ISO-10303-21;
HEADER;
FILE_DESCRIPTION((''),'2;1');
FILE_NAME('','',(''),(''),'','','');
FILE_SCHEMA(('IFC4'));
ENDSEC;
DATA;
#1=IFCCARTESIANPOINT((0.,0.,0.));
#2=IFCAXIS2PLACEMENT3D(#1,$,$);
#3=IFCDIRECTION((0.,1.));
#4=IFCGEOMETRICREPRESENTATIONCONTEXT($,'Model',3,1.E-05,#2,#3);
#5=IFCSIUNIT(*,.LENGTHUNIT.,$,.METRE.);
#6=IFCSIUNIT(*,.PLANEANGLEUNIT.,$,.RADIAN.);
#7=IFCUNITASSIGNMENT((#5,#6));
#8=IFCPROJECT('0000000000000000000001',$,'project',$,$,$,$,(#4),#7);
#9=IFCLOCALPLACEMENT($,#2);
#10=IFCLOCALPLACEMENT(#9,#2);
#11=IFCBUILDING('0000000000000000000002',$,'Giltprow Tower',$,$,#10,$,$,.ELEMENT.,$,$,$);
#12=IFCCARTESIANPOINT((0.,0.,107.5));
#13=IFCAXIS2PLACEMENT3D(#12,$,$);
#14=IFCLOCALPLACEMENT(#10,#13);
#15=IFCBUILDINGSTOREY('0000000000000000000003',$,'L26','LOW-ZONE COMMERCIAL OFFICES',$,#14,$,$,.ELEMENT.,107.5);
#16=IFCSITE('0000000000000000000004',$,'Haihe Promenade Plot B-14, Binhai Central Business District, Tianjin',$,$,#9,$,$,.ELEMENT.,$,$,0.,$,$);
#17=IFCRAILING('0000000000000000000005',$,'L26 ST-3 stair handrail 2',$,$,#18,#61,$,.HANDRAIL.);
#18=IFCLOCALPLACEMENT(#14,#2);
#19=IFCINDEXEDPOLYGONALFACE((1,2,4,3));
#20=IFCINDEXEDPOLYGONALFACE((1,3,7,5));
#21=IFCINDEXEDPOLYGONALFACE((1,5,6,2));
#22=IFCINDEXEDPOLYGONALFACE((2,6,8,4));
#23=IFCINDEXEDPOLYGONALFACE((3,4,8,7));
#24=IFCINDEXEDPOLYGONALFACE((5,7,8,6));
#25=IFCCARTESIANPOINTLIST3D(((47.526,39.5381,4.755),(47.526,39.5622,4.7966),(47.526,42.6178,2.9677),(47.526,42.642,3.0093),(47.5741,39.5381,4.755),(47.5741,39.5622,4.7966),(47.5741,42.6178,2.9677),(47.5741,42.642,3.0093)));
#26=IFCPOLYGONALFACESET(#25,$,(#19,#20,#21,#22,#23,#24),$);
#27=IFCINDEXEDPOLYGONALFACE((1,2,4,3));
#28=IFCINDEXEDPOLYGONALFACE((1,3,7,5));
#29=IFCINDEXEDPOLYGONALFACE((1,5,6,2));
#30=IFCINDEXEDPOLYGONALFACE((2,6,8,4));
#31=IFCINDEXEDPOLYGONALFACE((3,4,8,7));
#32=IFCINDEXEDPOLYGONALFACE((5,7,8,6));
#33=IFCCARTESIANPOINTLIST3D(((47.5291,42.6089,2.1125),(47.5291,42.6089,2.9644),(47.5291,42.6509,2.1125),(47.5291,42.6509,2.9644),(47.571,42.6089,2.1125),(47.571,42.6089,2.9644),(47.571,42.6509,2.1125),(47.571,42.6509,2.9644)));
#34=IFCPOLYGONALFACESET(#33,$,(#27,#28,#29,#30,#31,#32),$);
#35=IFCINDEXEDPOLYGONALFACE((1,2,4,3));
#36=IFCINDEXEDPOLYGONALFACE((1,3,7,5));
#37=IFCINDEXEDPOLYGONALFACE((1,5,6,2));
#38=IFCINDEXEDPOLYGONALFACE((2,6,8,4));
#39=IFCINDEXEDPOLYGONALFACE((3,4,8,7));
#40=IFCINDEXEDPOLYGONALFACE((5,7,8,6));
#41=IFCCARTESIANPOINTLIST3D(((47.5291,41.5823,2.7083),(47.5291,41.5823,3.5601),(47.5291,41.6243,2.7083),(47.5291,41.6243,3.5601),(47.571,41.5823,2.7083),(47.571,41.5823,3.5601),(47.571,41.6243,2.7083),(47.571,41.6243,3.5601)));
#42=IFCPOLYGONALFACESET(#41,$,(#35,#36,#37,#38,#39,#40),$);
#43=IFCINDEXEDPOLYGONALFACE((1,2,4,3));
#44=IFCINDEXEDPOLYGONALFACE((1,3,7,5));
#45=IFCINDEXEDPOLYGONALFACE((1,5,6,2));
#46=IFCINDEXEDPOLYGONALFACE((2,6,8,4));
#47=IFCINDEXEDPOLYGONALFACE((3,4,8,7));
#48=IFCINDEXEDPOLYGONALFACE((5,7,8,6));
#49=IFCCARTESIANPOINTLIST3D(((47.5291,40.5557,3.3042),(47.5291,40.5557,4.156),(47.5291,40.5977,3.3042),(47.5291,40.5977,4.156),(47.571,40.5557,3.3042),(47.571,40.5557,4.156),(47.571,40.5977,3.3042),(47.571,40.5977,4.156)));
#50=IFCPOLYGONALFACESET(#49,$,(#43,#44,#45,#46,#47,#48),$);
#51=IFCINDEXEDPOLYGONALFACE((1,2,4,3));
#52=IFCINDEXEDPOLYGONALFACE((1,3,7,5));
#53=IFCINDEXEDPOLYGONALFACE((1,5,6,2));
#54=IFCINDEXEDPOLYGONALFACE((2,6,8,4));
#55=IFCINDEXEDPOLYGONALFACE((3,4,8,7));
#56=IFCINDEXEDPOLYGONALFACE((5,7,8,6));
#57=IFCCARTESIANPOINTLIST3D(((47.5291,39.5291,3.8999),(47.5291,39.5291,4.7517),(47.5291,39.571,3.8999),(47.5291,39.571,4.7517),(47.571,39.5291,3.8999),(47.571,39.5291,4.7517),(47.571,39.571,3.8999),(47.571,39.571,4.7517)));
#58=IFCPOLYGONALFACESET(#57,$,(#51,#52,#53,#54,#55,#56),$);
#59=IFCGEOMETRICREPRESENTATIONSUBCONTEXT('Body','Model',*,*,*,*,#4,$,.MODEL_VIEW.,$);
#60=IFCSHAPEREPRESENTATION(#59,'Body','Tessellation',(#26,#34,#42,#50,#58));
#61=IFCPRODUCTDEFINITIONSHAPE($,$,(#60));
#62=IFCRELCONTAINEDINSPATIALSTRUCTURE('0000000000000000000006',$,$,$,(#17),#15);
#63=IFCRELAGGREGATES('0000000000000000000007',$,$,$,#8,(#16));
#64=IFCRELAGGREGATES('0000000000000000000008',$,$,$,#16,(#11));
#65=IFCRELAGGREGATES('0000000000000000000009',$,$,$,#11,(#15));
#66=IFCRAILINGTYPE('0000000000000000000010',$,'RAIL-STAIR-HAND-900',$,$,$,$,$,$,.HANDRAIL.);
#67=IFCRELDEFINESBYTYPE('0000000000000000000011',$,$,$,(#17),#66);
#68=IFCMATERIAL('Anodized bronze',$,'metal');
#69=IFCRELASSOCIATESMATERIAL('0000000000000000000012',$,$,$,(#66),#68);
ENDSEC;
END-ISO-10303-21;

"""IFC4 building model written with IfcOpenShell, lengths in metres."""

from ifc_helpers import new_model, si_unit, direction, frame, origin, origin_2d, place, context, subcontext, project, spatial, rectangle, extrude, material, type_object, element, save


model = new_model("IFC4")

# Units and contexts
model_context = context("Model", 3, precision=1e-05, world=origin(), true_north=direction((0.0, 1.0)))
body_context = subcontext(model_context, "Body", "Model", "MODEL_VIEW")
ifc_project = project(units=[si_unit("LENGTHUNIT", "METRE"), si_unit("PLANEANGLEUNIT", "RADIAN")], contexts=[model_context])

# Site, building, storey
site_placement = place(None, origin())
site = spatial("IfcSite", under=ifc_project, at=site_placement, Name="Haihe Promenade Plot B-14, Binhai Central Business District, Tianjin", CompositionType="ELEMENT", RefElevation=0.0)
building_placement = place(site_placement, origin())
building = spatial("IfcBuilding", under=site, at=building_placement, Name="Giltprow Tower", CompositionType="ELEMENT")
storey_placement = place(building_placement, frame((0.0, 0.0, 107.5)))
storey = spatial("IfcBuildingStorey", under=building, at=storey_placement, Name="L26", Description="LOW-ZONE COMMERCIAL OFFICES", CompositionType="ELEMENT", Elevation=107.5)

# Railing
ifc_material_1 = material(Name="Anodized bronze", Category="metal")
railing_type_1 = type_object("IfcRailingType", Name="RAIL-STAIR-HAND-900", PredefinedType="HANDRAIL", material=ifc_material_1)
railing_1_placement = place(storey_placement, frame((47.55, 42.6299, 2.1125)))
element("IfcRailing", 1, at=railing_1_placement, inside=storey, type_object=railing_type_1, Name="L26 ST-3 stair handrail 2", PredefinedType="HANDRAIL", context=body_context, shape_type="SweptSolid", body=[
    extrude(rectangle(XDim=0.0481, YDim=0.0481, at=origin_2d()), frame((0.0, 0.0, 0.876), z_axis=(0.0, -0.864903, 0.501939), x_axis=(1.0, 0.0, 0.0)), (0.0, 0.0, 1.0), 3.5608),
    extrude(rectangle(XDim=0.042, YDim=0.042, at=origin_2d()), origin(), (0.0, 0.0, 1.0), 0.8518),
    extrude(rectangle(XDim=0.042, YDim=0.042, at=origin_2d()), frame((0.0, -1.0266, 0.5957)), (0.0, 0.0, 1.0), 0.8518),
    extrude(rectangle(XDim=0.042, YDim=0.042, at=origin_2d()), frame((0.0, -2.0532, 1.1917)), (0.0, 0.0, 1.0), 0.8518),
    extrude(rectangle(XDim=0.042, YDim=0.042, at=origin_2d()), frame((0.0, -3.0798, 1.7874)), (0.0, 0.0, 1.0), 0.8518),
])

save(model, "model.ifc")
